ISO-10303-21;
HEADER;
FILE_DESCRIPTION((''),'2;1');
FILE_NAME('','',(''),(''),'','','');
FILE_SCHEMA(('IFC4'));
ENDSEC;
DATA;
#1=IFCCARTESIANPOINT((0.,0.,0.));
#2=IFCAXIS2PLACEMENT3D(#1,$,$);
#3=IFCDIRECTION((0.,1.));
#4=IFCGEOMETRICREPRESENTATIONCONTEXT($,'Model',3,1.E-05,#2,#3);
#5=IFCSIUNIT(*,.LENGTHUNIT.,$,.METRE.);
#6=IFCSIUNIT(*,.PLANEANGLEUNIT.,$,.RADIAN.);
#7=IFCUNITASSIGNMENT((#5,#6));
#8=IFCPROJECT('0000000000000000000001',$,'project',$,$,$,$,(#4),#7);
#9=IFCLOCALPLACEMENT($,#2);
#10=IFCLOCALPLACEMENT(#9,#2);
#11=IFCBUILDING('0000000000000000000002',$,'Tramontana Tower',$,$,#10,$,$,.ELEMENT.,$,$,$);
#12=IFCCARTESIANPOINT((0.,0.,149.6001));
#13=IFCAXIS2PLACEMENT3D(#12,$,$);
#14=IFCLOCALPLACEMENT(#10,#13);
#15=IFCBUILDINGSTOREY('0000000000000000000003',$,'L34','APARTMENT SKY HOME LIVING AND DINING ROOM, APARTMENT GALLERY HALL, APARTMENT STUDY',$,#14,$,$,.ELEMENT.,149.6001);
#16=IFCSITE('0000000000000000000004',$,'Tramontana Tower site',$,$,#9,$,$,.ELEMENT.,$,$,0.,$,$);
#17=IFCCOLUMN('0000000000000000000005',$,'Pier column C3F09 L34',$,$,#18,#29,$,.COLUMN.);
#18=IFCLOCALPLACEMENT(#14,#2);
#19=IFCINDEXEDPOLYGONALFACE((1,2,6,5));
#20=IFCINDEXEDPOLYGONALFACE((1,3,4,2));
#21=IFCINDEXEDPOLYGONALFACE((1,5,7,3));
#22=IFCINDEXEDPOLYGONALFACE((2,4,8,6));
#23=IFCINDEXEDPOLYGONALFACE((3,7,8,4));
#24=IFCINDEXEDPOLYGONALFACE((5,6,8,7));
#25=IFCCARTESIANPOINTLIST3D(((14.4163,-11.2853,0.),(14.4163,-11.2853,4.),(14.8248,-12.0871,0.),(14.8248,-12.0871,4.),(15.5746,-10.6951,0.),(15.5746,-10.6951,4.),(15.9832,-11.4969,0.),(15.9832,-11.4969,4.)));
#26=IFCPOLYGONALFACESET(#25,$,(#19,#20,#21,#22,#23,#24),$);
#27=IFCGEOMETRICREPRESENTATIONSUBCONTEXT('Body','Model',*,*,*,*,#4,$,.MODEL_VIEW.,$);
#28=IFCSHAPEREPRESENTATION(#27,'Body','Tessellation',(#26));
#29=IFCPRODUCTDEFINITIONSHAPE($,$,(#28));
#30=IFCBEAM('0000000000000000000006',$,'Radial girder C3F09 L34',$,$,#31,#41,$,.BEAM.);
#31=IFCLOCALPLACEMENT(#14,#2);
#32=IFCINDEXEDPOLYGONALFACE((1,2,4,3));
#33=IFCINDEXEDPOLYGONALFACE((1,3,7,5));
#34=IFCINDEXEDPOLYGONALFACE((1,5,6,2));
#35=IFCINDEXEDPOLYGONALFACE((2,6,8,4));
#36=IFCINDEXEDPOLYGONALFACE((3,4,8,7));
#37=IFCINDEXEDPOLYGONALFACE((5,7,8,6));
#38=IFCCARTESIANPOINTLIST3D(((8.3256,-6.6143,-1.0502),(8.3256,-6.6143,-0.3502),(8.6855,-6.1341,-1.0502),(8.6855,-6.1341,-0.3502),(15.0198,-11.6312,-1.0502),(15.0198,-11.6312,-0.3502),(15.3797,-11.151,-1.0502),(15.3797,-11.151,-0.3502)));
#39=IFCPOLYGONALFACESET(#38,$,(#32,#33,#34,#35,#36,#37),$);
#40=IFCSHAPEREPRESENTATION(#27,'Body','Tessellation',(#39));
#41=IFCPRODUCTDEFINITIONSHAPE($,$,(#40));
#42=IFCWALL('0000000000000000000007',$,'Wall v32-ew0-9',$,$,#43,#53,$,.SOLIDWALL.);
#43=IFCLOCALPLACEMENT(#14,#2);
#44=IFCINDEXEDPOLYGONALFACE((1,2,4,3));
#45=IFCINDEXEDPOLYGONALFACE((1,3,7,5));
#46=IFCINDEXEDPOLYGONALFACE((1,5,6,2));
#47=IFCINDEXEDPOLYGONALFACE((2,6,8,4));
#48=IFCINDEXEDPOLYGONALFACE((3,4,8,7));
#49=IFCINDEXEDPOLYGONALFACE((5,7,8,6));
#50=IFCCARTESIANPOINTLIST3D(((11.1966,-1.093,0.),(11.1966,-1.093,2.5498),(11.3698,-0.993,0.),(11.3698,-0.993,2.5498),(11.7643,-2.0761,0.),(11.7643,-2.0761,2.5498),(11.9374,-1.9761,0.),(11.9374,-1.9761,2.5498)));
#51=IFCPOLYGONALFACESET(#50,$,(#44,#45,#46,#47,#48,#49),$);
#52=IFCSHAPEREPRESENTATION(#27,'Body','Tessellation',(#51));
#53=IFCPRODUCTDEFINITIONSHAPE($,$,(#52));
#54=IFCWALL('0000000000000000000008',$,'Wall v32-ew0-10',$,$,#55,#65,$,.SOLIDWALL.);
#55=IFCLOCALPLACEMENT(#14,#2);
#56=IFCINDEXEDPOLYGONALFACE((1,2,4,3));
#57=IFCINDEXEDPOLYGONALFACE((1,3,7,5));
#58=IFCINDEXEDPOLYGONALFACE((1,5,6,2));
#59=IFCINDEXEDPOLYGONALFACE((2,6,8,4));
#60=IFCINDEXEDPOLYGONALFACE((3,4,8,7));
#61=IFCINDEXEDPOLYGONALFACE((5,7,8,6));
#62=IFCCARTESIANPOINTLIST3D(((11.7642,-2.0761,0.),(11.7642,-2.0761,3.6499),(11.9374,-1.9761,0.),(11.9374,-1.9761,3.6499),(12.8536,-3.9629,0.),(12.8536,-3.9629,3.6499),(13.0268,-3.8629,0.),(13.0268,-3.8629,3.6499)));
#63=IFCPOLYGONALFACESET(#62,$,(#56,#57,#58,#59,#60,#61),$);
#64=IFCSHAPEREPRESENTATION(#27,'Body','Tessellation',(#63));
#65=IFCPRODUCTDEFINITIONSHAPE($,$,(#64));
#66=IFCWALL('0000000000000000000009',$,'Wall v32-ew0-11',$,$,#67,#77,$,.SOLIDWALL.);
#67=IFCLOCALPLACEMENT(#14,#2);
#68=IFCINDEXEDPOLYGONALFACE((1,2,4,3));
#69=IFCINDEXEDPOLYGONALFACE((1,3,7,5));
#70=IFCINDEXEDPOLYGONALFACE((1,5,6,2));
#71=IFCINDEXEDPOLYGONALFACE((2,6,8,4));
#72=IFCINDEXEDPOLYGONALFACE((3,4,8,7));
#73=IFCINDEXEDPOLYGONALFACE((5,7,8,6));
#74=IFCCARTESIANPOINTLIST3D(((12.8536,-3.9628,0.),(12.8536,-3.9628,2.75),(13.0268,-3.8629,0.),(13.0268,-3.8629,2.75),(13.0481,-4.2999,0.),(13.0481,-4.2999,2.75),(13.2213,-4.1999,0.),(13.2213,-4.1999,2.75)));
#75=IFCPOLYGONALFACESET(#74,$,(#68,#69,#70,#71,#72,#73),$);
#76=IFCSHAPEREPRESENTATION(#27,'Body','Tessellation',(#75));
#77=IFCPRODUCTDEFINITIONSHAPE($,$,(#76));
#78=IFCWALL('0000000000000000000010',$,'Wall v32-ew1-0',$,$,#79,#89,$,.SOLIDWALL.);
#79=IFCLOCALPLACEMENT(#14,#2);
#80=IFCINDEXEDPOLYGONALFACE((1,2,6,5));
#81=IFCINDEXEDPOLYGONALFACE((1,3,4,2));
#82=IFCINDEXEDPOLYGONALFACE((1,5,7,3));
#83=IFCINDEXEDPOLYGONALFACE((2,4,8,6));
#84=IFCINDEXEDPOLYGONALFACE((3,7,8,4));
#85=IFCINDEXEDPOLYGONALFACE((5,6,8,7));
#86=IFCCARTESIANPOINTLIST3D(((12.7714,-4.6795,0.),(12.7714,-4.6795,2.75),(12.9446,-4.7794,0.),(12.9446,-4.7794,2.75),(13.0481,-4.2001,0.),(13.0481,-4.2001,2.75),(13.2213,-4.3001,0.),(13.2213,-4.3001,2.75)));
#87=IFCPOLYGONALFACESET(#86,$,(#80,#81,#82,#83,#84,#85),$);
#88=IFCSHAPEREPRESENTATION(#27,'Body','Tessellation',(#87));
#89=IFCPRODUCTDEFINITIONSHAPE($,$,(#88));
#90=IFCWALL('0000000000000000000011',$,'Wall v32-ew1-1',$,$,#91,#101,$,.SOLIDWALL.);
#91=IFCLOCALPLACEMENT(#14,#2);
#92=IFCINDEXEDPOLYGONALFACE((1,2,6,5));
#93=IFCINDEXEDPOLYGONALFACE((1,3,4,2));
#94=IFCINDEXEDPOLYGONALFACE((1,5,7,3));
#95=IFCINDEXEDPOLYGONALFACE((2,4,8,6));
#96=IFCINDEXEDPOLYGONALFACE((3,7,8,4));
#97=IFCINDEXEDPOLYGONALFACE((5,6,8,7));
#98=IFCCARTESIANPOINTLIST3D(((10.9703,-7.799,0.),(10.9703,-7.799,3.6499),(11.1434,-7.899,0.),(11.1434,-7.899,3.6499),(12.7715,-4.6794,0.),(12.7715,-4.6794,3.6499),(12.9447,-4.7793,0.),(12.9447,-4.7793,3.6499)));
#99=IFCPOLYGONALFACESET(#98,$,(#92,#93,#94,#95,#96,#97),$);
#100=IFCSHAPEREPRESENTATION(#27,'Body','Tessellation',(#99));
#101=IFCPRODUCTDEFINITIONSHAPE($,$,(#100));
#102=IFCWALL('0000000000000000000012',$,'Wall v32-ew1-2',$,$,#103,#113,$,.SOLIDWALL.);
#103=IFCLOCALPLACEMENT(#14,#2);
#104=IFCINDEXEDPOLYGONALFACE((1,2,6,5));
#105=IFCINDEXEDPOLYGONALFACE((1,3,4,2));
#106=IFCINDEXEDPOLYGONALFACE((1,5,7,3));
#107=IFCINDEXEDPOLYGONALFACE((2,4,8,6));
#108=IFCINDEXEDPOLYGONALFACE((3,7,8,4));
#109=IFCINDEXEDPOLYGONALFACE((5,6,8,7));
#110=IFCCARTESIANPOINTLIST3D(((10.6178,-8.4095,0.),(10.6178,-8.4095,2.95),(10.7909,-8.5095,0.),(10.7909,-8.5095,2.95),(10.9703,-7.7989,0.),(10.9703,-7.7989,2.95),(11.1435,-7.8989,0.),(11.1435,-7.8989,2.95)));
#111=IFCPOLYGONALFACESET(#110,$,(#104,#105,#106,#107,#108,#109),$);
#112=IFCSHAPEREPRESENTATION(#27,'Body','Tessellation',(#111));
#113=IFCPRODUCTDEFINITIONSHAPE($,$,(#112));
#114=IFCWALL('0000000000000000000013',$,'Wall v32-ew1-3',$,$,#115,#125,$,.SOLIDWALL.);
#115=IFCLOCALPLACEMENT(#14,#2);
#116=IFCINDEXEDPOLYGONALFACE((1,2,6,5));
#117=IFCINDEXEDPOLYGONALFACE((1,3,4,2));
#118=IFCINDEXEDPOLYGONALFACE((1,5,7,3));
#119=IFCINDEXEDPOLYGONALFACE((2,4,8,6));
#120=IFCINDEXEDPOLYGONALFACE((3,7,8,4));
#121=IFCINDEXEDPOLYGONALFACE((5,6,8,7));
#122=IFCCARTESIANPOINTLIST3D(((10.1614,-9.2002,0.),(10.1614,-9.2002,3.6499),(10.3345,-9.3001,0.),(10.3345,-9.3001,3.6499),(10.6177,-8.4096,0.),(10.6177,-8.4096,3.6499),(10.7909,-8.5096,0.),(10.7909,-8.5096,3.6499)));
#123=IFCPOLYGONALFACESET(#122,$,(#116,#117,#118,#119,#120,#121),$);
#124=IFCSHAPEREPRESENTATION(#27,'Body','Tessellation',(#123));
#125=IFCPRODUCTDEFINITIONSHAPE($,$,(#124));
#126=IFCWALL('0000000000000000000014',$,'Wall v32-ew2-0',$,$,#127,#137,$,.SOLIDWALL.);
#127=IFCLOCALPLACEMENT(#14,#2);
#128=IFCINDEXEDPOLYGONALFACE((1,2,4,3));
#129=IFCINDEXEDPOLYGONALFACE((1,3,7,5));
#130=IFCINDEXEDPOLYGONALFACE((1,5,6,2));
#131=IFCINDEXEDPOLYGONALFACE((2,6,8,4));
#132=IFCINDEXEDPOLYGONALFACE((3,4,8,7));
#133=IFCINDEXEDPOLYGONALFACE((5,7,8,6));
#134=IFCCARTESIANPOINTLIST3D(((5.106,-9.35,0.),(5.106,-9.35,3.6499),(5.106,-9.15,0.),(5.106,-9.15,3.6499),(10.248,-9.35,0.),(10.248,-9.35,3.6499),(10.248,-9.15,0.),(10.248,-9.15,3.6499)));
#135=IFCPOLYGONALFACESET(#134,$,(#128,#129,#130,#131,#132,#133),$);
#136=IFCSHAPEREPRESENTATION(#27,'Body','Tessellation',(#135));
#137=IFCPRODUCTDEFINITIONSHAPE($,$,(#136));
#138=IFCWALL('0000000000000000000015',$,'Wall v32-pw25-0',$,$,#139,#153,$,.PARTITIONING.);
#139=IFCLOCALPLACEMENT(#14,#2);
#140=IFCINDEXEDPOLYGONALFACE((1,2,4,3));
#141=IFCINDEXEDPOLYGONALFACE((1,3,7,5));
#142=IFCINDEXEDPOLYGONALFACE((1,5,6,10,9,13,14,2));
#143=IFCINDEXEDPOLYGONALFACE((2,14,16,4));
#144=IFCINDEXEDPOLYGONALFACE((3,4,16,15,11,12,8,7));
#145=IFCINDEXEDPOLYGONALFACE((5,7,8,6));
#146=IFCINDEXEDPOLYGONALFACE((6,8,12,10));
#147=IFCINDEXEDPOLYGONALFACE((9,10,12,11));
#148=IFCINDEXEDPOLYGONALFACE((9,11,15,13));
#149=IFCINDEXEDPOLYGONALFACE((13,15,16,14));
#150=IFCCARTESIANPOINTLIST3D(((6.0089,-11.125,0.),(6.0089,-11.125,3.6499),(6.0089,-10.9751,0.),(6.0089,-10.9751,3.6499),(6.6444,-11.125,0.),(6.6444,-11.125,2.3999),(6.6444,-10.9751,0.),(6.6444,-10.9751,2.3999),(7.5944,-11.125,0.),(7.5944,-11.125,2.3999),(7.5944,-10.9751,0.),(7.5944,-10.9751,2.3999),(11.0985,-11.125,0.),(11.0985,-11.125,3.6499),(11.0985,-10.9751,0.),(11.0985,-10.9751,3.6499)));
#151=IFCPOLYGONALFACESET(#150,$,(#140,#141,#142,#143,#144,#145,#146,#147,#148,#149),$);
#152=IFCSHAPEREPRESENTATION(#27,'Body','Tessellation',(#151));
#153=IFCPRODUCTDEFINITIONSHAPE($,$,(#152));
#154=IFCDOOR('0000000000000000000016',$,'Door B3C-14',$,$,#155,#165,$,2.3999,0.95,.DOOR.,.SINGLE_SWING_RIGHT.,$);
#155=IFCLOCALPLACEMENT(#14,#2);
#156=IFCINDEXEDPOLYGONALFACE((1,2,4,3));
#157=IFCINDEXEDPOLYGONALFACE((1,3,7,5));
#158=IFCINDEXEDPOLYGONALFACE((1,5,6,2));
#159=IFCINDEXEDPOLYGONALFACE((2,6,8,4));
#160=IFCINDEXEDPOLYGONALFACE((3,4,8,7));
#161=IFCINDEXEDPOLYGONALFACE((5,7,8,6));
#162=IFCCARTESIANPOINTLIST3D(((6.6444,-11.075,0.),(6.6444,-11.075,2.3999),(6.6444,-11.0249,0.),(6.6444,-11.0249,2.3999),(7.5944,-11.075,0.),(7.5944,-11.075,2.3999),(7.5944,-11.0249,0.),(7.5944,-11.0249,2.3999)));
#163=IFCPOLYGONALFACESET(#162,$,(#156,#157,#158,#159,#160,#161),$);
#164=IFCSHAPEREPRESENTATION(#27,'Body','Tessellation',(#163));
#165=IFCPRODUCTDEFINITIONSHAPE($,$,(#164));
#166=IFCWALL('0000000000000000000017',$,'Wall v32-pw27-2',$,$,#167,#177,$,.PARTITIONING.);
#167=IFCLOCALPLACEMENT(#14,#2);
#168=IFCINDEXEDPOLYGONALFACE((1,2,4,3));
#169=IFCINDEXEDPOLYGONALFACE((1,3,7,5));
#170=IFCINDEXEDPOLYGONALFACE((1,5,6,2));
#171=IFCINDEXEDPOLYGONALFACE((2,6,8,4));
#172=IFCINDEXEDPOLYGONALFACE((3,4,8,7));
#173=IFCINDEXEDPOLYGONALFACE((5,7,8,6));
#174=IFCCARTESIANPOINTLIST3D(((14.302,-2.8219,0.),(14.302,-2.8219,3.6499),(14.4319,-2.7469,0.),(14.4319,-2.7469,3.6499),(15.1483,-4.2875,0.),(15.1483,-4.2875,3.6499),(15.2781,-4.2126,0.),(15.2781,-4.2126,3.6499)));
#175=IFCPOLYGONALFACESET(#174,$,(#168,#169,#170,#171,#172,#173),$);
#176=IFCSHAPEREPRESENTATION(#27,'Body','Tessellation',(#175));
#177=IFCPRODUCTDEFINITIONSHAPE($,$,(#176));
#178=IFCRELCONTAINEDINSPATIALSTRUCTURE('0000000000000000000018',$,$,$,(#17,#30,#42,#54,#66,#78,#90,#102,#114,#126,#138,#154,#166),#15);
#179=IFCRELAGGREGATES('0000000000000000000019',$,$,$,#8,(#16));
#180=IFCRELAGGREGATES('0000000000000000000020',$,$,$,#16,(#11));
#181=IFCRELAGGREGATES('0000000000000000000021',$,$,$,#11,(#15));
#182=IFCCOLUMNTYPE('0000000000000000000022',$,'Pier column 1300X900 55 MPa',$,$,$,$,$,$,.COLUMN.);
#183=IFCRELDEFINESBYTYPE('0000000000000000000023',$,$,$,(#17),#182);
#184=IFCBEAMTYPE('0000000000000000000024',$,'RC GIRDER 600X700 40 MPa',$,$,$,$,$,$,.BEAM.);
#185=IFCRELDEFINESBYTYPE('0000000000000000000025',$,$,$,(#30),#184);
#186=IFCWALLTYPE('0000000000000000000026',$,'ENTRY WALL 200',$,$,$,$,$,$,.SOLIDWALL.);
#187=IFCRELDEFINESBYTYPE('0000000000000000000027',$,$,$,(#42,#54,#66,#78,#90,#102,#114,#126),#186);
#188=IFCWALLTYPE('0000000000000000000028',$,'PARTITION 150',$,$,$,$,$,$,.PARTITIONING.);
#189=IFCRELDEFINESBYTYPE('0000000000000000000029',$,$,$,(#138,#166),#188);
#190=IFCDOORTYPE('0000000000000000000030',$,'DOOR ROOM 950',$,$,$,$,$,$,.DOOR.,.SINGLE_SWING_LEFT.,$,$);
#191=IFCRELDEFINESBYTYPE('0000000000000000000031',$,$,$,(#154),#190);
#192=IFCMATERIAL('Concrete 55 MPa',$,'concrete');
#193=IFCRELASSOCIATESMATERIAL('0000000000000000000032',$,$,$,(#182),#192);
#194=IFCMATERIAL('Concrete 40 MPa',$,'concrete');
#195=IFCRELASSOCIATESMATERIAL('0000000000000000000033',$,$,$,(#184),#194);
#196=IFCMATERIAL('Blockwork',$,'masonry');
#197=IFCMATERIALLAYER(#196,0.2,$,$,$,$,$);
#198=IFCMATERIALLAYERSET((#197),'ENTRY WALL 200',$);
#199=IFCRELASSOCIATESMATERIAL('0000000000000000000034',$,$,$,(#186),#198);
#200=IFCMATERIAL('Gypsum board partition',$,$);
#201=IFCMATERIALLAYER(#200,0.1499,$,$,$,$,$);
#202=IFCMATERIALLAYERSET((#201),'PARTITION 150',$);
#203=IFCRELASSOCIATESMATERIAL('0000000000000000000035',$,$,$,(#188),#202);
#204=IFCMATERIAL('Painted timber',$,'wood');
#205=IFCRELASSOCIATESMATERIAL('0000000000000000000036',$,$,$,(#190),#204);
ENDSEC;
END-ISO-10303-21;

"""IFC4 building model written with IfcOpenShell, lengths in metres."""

from ifc_helpers import new_model, si_unit, direction, frame, frame_2d, origin, origin_2d, place, context, subcontext, project, spatial, rectangle, extrude, material, layer, layer_set, material_profile, profile_set, type_object, element, fill, save


model = new_model("IFC4")

# Units and contexts
model_context = context("Model", 3, precision=1e-05, world=origin(), true_north=direction((0.0, 1.0)))
body_context = subcontext(model_context, "Body", "Model", "MODEL_VIEW")
ifc_project = project(units=[si_unit("LENGTHUNIT", "METRE"), si_unit("PLANEANGLEUNIT", "RADIAN")], contexts=[model_context])

# Site, building, storey
site_placement = place(None, origin())
site = spatial("IfcSite", under=ifc_project, at=site_placement, Name="Tramontana Tower site", CompositionType="ELEMENT", RefElevation=0.0)
building_placement = place(site_placement, origin())
building = spatial("IfcBuilding", under=site, at=building_placement, Name="Tramontana Tower", CompositionType="ELEMENT")
storey_placement = place(building_placement, frame((0.0, 0.0, 149.6001)))
storey = spatial("IfcBuildingStorey", under=building, at=storey_placement, Name="L34", Description="APARTMENT SKY HOME LIVING AND DINING ROOM, APARTMENT GALLERY HALL, APARTMENT STUDY", CompositionType="ELEMENT", Elevation=149.6001)

# Column
ifc_material_1 = material(Name="Concrete 55 MPa", Category="concrete")
ifc_material_profile_1 = material_profile(ifc_material_1, rectangle(XDim=1.3, YDim=0.8999, at=origin_2d()), Name="Pier column 1300X900 55 MPa")
ifc_profile_set_1 = profile_set([ifc_material_profile_1], Name="Concrete 55 MPa")
column_type = type_object("IfcColumnType", Name="Pier column 1300X900 55 MPa", PredefinedType="COLUMN", material=ifc_profile_set_1)
column_placement = place(storey_placement, frame((15.1997, -11.3911, 0.0), z_axis=(0.0, 0.0, 1.0), x_axis=(0.891007, 0.45399, 0.0)))
element("IfcColumn", 1, at=column_placement, inside=storey, type_object=column_type, Name="Pier column C3F09 L34", PredefinedType="COLUMN", context=body_context, shape_type="SweptSolid", body=[
    extrude(rectangle(XDim=1.3, YDim=0.8999, at=origin_2d()), origin(), (0.0, 0.0, 1.0), 4.0),
])

# Beam
ifc_material_2 = material(Name="Concrete 40 MPa", Category="concrete")
ifc_material_profile_2 = material_profile(ifc_material_2, rectangle(XDim=0.6001, YDim=0.7, at=origin_2d()), Name="RC GIRDER 600X700 40 MPa")
ifc_profile_set_2 = profile_set([ifc_material_profile_2], Name="Concrete 40 MPa")
beam_type = type_object("IfcBeamType", Name="RC GIRDER 600X700 40 MPa", PredefinedType="BEAM", material=ifc_profile_set_2)
beam_placement = place(storey_placement, frame((15.1997, -11.3911, -0.7002), z_axis=(-0.800214, 0.599715, 0.0), x_axis=(-0.599715, -0.800214, 0.0)))
element("IfcBeam", 2, at=beam_placement, inside=storey, type_object=beam_type, Name="Radial girder C3F09 L34", PredefinedType="BEAM", context=body_context, shape_type="SweptSolid", body=[
    extrude(rectangle(XDim=0.6001, YDim=0.7, at=origin_2d()), origin(), (0.0, 0.0, 1.0), 8.3655),
])

# Walls
ifc_material_3 = material(Name="Blockwork", Category="masonry")
ifc_layer_1 = layer(ifc_material_3, 0.2)
ifc_layer_set_1 = layer_set([ifc_layer_1], Name="ENTRY WALL 200")
wall_type_1 = type_object("IfcWallType", Name="ENTRY WALL 200", PredefinedType="SOLIDWALL", material=ifc_layer_set_1)
wall_1_placement = place(storey_placement, frame((11.2832, -1.043, 0.0), z_axis=(0.0, 0.0, 1.0), x_axis=(0.500002, -0.866024, 0.0)))
element("IfcWall", 3, at=wall_1_placement, inside=storey, type_object=wall_type_1, Name="Wall v32-ew0-9", PredefinedType="SOLIDWALL", context=body_context, shape_type="SweptSolid", body=[
    extrude(rectangle(XDim=1.1353, YDim=0.2, at=frame_2d((0.5676, 0.0))), origin(), (0.0, 0.0, 1.0), 2.5498),
])
wall_2_placement = place(storey_placement, frame((11.8508, -2.0261, 0.0), z_axis=(0.0, 0.0, 1.0), x_axis=(0.50002, -0.866014, 0.0)))
element("IfcWall", 4, at=wall_2_placement, inside=storey, type_object=wall_type_1, Name="Wall v32-ew0-10", PredefinedType="SOLIDWALL", context=body_context, shape_type="SweptSolid", body=[
    extrude(rectangle(XDim=2.1787, YDim=0.2, at=frame_2d((1.0894, 0.0))), origin(), (0.0, 0.0, 1.0), 3.6499),
])
wall_3_placement = place(storey_placement, frame((12.9402, -3.9128, 0.0), z_axis=(0.0, 0.0, 1.0), x_axis=(0.499849, -0.866112, 0.0)))
element("IfcWall", 5, at=wall_3_placement, inside=storey, type_object=wall_type_1, Name="Wall v32-ew0-11", PredefinedType="SOLIDWALL", context=body_context, shape_type="SweptSolid", body=[
    extrude(rectangle(XDim=0.3892, YDim=0.2, at=frame_2d((0.1946, 0.0))), origin(), (0.0, 0.0, 1.0), 2.75),
])
wall_4_placement = place(storey_placement, frame((13.1348, -4.25, 0.0), z_axis=(0.0, 0.0, 1.0), x_axis=(-0.499888, -0.86609, 0.0)))
element("IfcWall", 6, at=wall_4_placement, inside=storey, type_object=wall_type_1, Name="Wall v32-ew1-0", PredefinedType="SOLIDWALL", context=body_context, shape_type="SweptSolid", body=[
    extrude(rectangle(XDim=0.5535, YDim=0.2, at=frame_2d((0.2769, 0.0))), origin(), (0.0, 0.0, 1.0), 2.75),
])
wall_5_placement = place(storey_placement, frame((12.8582, -4.7292, 0.0), z_axis=(0.0, 0.0, 1.0), x_axis=(-0.500031, -0.866007, 0.0)))
element("IfcWall", 7, at=wall_5_placement, inside=storey, type_object=wall_type_1, Name="Wall v32-ew1-1", PredefinedType="SOLIDWALL", context=body_context, shape_type="SweptSolid", body=[
    extrude(rectangle(XDim=3.6023, YDim=0.2, at=frame_2d((1.8013, 0.0))), origin(), (0.0, 0.0, 1.0), 3.6499),
])
wall_6_placement = place(storey_placement, frame((11.0569, -7.8489, 0.0), z_axis=(0.0, 0.0, 1.0), x_axis=(-0.500012, -0.866018, 0.0)))
element("IfcWall", 8, at=wall_6_placement, inside=storey, type_object=wall_type_1, Name="Wall v32-ew1-2", PredefinedType="SOLIDWALL", context=body_context, shape_type="SweptSolid", body=[
    extrude(rectangle(XDim=0.7051, YDim=0.2, at=frame_2d((0.3525, 0.0))), origin(), (0.0, 0.0, 1.0), 2.95),
])
wall_7_placement = place(storey_placement, frame((10.7043, -8.4595, 0.0), z_axis=(0.0, 0.0, 1.0), x_axis=(-0.499908, -0.866079, 0.0)))
element("IfcWall", 9, at=wall_7_placement, inside=storey, type_object=wall_type_1, Name="Wall v32-ew1-3", PredefinedType="SOLIDWALL", context=body_context, shape_type="SweptSolid", body=[
    extrude(rectangle(XDim=0.9128, YDim=0.2, at=frame_2d((0.4565, 0.0))), origin(), (0.0, 0.0, 1.0), 3.6499),
])
wall_8_placement = place(storey_placement, frame((10.248, -9.25, 0.0), z_axis=(0.0, 0.0, 1.0), x_axis=(-1.0, 0.0, 0.0)))
element("IfcWall", 10, at=wall_8_placement, inside=storey, type_object=wall_type_1, Name="Wall v32-ew2-0", PredefinedType="SOLIDWALL", context=body_context, shape_type="SweptSolid", body=[
    extrude(rectangle(XDim=5.1421, YDim=0.2, at=frame_2d((2.571, 0.0))), origin(), (0.0, 0.0, 1.0), 3.6499),
])

# Wall, opening, door
ifc_material_4 = material(Name="Gypsum board partition")
ifc_layer_2 = layer(ifc_material_4, 0.1499)
ifc_layer_set_2 = layer_set([ifc_layer_2], Name="PARTITION 150")
wall_type_2 = type_object("IfcWallType", Name="PARTITION 150", PredefinedType="PARTITIONING", material=ifc_layer_set_2)
wall_9_placement = place(storey_placement, frame((11.0986, -11.05, 0.0), z_axis=(0.0, 0.0, 1.0), x_axis=(-1.0, 0.0, 0.0)))
wall_9 = element("IfcWall", 11, at=wall_9_placement, inside=storey, type_object=wall_type_2, Name="Wall v32-pw25-0", PredefinedType="PARTITIONING", context=body_context, shape_type="SweptSolid", body=[
    extrude(rectangle(XDim=5.0896, YDim=0.1499, at=frame_2d((2.5449, 0.0))), origin(), (0.0, 0.0, 1.0), 3.6499),
])
opening_1_placement = place(wall_9_placement, frame((3.5042, 0.0, 0.0)))
opening_1 = element("IfcOpeningElement", 12, at=opening_1_placement, cuts=wall_9, PredefinedType="OPENING", context=body_context, shape_type="SweptSolid", body=[
    extrude(rectangle(XDim=0.95, YDim=2.3999, at=frame_2d((0.4751, 1.2))), frame((0.0, 0.085, 0.0), z_axis=(0.0, -1.0, 0.0), x_axis=(1.0, 0.0, 0.0)), (0.0, 0.0, 1.0), 0.1699),
])
ifc_material_5 = material(Name="Painted timber", Category="wood")
door_type_1 = type_object("IfcDoorType", Name="DOOR ROOM 950", OperationType="SINGLE_SWING_LEFT", PredefinedType="DOOR", material=ifc_material_5)
door_1_placement = place(opening_1_placement, origin())
door_1 = element("IfcDoor", 13, at=door_1_placement, inside=storey, type_object=door_type_1, Name="Door B3C-14", OperationType="SINGLE_SWING_RIGHT", OverallHeight=2.3999, OverallWidth=0.95, PredefinedType="DOOR", context=body_context, shape_type="SweptSolid", body=[
    extrude(rectangle(XDim=0.95, YDim=2.3999, at=frame_2d((0.4751, 1.2))), frame((0.0, 0.0249, 0.0), z_axis=(0.0, -1.0, 0.0), x_axis=(1.0, 0.0, 0.0)), (0.0, 0.0, 1.0), 0.05),
])
fill(opening_1, door_1)

# Wall
wall_10_placement = place(storey_placement, frame((14.3669, -2.7844, 0.0), z_axis=(0.0, 0.0, 1.0), x_axis=(0.500018, -0.866015, 0.0)))
element("IfcWall", 14, at=wall_10_placement, inside=storey, type_object=wall_type_2, Name="Wall v32-pw27-2", PredefinedType="PARTITIONING", context=body_context, shape_type="SweptSolid", body=[
    extrude(rectangle(XDim=1.6924, YDim=0.1499, at=frame_2d((0.8462, 0.0))), origin(), (0.0, 0.0, 1.0), 3.6499),
])

save(model, "model.ifc")
